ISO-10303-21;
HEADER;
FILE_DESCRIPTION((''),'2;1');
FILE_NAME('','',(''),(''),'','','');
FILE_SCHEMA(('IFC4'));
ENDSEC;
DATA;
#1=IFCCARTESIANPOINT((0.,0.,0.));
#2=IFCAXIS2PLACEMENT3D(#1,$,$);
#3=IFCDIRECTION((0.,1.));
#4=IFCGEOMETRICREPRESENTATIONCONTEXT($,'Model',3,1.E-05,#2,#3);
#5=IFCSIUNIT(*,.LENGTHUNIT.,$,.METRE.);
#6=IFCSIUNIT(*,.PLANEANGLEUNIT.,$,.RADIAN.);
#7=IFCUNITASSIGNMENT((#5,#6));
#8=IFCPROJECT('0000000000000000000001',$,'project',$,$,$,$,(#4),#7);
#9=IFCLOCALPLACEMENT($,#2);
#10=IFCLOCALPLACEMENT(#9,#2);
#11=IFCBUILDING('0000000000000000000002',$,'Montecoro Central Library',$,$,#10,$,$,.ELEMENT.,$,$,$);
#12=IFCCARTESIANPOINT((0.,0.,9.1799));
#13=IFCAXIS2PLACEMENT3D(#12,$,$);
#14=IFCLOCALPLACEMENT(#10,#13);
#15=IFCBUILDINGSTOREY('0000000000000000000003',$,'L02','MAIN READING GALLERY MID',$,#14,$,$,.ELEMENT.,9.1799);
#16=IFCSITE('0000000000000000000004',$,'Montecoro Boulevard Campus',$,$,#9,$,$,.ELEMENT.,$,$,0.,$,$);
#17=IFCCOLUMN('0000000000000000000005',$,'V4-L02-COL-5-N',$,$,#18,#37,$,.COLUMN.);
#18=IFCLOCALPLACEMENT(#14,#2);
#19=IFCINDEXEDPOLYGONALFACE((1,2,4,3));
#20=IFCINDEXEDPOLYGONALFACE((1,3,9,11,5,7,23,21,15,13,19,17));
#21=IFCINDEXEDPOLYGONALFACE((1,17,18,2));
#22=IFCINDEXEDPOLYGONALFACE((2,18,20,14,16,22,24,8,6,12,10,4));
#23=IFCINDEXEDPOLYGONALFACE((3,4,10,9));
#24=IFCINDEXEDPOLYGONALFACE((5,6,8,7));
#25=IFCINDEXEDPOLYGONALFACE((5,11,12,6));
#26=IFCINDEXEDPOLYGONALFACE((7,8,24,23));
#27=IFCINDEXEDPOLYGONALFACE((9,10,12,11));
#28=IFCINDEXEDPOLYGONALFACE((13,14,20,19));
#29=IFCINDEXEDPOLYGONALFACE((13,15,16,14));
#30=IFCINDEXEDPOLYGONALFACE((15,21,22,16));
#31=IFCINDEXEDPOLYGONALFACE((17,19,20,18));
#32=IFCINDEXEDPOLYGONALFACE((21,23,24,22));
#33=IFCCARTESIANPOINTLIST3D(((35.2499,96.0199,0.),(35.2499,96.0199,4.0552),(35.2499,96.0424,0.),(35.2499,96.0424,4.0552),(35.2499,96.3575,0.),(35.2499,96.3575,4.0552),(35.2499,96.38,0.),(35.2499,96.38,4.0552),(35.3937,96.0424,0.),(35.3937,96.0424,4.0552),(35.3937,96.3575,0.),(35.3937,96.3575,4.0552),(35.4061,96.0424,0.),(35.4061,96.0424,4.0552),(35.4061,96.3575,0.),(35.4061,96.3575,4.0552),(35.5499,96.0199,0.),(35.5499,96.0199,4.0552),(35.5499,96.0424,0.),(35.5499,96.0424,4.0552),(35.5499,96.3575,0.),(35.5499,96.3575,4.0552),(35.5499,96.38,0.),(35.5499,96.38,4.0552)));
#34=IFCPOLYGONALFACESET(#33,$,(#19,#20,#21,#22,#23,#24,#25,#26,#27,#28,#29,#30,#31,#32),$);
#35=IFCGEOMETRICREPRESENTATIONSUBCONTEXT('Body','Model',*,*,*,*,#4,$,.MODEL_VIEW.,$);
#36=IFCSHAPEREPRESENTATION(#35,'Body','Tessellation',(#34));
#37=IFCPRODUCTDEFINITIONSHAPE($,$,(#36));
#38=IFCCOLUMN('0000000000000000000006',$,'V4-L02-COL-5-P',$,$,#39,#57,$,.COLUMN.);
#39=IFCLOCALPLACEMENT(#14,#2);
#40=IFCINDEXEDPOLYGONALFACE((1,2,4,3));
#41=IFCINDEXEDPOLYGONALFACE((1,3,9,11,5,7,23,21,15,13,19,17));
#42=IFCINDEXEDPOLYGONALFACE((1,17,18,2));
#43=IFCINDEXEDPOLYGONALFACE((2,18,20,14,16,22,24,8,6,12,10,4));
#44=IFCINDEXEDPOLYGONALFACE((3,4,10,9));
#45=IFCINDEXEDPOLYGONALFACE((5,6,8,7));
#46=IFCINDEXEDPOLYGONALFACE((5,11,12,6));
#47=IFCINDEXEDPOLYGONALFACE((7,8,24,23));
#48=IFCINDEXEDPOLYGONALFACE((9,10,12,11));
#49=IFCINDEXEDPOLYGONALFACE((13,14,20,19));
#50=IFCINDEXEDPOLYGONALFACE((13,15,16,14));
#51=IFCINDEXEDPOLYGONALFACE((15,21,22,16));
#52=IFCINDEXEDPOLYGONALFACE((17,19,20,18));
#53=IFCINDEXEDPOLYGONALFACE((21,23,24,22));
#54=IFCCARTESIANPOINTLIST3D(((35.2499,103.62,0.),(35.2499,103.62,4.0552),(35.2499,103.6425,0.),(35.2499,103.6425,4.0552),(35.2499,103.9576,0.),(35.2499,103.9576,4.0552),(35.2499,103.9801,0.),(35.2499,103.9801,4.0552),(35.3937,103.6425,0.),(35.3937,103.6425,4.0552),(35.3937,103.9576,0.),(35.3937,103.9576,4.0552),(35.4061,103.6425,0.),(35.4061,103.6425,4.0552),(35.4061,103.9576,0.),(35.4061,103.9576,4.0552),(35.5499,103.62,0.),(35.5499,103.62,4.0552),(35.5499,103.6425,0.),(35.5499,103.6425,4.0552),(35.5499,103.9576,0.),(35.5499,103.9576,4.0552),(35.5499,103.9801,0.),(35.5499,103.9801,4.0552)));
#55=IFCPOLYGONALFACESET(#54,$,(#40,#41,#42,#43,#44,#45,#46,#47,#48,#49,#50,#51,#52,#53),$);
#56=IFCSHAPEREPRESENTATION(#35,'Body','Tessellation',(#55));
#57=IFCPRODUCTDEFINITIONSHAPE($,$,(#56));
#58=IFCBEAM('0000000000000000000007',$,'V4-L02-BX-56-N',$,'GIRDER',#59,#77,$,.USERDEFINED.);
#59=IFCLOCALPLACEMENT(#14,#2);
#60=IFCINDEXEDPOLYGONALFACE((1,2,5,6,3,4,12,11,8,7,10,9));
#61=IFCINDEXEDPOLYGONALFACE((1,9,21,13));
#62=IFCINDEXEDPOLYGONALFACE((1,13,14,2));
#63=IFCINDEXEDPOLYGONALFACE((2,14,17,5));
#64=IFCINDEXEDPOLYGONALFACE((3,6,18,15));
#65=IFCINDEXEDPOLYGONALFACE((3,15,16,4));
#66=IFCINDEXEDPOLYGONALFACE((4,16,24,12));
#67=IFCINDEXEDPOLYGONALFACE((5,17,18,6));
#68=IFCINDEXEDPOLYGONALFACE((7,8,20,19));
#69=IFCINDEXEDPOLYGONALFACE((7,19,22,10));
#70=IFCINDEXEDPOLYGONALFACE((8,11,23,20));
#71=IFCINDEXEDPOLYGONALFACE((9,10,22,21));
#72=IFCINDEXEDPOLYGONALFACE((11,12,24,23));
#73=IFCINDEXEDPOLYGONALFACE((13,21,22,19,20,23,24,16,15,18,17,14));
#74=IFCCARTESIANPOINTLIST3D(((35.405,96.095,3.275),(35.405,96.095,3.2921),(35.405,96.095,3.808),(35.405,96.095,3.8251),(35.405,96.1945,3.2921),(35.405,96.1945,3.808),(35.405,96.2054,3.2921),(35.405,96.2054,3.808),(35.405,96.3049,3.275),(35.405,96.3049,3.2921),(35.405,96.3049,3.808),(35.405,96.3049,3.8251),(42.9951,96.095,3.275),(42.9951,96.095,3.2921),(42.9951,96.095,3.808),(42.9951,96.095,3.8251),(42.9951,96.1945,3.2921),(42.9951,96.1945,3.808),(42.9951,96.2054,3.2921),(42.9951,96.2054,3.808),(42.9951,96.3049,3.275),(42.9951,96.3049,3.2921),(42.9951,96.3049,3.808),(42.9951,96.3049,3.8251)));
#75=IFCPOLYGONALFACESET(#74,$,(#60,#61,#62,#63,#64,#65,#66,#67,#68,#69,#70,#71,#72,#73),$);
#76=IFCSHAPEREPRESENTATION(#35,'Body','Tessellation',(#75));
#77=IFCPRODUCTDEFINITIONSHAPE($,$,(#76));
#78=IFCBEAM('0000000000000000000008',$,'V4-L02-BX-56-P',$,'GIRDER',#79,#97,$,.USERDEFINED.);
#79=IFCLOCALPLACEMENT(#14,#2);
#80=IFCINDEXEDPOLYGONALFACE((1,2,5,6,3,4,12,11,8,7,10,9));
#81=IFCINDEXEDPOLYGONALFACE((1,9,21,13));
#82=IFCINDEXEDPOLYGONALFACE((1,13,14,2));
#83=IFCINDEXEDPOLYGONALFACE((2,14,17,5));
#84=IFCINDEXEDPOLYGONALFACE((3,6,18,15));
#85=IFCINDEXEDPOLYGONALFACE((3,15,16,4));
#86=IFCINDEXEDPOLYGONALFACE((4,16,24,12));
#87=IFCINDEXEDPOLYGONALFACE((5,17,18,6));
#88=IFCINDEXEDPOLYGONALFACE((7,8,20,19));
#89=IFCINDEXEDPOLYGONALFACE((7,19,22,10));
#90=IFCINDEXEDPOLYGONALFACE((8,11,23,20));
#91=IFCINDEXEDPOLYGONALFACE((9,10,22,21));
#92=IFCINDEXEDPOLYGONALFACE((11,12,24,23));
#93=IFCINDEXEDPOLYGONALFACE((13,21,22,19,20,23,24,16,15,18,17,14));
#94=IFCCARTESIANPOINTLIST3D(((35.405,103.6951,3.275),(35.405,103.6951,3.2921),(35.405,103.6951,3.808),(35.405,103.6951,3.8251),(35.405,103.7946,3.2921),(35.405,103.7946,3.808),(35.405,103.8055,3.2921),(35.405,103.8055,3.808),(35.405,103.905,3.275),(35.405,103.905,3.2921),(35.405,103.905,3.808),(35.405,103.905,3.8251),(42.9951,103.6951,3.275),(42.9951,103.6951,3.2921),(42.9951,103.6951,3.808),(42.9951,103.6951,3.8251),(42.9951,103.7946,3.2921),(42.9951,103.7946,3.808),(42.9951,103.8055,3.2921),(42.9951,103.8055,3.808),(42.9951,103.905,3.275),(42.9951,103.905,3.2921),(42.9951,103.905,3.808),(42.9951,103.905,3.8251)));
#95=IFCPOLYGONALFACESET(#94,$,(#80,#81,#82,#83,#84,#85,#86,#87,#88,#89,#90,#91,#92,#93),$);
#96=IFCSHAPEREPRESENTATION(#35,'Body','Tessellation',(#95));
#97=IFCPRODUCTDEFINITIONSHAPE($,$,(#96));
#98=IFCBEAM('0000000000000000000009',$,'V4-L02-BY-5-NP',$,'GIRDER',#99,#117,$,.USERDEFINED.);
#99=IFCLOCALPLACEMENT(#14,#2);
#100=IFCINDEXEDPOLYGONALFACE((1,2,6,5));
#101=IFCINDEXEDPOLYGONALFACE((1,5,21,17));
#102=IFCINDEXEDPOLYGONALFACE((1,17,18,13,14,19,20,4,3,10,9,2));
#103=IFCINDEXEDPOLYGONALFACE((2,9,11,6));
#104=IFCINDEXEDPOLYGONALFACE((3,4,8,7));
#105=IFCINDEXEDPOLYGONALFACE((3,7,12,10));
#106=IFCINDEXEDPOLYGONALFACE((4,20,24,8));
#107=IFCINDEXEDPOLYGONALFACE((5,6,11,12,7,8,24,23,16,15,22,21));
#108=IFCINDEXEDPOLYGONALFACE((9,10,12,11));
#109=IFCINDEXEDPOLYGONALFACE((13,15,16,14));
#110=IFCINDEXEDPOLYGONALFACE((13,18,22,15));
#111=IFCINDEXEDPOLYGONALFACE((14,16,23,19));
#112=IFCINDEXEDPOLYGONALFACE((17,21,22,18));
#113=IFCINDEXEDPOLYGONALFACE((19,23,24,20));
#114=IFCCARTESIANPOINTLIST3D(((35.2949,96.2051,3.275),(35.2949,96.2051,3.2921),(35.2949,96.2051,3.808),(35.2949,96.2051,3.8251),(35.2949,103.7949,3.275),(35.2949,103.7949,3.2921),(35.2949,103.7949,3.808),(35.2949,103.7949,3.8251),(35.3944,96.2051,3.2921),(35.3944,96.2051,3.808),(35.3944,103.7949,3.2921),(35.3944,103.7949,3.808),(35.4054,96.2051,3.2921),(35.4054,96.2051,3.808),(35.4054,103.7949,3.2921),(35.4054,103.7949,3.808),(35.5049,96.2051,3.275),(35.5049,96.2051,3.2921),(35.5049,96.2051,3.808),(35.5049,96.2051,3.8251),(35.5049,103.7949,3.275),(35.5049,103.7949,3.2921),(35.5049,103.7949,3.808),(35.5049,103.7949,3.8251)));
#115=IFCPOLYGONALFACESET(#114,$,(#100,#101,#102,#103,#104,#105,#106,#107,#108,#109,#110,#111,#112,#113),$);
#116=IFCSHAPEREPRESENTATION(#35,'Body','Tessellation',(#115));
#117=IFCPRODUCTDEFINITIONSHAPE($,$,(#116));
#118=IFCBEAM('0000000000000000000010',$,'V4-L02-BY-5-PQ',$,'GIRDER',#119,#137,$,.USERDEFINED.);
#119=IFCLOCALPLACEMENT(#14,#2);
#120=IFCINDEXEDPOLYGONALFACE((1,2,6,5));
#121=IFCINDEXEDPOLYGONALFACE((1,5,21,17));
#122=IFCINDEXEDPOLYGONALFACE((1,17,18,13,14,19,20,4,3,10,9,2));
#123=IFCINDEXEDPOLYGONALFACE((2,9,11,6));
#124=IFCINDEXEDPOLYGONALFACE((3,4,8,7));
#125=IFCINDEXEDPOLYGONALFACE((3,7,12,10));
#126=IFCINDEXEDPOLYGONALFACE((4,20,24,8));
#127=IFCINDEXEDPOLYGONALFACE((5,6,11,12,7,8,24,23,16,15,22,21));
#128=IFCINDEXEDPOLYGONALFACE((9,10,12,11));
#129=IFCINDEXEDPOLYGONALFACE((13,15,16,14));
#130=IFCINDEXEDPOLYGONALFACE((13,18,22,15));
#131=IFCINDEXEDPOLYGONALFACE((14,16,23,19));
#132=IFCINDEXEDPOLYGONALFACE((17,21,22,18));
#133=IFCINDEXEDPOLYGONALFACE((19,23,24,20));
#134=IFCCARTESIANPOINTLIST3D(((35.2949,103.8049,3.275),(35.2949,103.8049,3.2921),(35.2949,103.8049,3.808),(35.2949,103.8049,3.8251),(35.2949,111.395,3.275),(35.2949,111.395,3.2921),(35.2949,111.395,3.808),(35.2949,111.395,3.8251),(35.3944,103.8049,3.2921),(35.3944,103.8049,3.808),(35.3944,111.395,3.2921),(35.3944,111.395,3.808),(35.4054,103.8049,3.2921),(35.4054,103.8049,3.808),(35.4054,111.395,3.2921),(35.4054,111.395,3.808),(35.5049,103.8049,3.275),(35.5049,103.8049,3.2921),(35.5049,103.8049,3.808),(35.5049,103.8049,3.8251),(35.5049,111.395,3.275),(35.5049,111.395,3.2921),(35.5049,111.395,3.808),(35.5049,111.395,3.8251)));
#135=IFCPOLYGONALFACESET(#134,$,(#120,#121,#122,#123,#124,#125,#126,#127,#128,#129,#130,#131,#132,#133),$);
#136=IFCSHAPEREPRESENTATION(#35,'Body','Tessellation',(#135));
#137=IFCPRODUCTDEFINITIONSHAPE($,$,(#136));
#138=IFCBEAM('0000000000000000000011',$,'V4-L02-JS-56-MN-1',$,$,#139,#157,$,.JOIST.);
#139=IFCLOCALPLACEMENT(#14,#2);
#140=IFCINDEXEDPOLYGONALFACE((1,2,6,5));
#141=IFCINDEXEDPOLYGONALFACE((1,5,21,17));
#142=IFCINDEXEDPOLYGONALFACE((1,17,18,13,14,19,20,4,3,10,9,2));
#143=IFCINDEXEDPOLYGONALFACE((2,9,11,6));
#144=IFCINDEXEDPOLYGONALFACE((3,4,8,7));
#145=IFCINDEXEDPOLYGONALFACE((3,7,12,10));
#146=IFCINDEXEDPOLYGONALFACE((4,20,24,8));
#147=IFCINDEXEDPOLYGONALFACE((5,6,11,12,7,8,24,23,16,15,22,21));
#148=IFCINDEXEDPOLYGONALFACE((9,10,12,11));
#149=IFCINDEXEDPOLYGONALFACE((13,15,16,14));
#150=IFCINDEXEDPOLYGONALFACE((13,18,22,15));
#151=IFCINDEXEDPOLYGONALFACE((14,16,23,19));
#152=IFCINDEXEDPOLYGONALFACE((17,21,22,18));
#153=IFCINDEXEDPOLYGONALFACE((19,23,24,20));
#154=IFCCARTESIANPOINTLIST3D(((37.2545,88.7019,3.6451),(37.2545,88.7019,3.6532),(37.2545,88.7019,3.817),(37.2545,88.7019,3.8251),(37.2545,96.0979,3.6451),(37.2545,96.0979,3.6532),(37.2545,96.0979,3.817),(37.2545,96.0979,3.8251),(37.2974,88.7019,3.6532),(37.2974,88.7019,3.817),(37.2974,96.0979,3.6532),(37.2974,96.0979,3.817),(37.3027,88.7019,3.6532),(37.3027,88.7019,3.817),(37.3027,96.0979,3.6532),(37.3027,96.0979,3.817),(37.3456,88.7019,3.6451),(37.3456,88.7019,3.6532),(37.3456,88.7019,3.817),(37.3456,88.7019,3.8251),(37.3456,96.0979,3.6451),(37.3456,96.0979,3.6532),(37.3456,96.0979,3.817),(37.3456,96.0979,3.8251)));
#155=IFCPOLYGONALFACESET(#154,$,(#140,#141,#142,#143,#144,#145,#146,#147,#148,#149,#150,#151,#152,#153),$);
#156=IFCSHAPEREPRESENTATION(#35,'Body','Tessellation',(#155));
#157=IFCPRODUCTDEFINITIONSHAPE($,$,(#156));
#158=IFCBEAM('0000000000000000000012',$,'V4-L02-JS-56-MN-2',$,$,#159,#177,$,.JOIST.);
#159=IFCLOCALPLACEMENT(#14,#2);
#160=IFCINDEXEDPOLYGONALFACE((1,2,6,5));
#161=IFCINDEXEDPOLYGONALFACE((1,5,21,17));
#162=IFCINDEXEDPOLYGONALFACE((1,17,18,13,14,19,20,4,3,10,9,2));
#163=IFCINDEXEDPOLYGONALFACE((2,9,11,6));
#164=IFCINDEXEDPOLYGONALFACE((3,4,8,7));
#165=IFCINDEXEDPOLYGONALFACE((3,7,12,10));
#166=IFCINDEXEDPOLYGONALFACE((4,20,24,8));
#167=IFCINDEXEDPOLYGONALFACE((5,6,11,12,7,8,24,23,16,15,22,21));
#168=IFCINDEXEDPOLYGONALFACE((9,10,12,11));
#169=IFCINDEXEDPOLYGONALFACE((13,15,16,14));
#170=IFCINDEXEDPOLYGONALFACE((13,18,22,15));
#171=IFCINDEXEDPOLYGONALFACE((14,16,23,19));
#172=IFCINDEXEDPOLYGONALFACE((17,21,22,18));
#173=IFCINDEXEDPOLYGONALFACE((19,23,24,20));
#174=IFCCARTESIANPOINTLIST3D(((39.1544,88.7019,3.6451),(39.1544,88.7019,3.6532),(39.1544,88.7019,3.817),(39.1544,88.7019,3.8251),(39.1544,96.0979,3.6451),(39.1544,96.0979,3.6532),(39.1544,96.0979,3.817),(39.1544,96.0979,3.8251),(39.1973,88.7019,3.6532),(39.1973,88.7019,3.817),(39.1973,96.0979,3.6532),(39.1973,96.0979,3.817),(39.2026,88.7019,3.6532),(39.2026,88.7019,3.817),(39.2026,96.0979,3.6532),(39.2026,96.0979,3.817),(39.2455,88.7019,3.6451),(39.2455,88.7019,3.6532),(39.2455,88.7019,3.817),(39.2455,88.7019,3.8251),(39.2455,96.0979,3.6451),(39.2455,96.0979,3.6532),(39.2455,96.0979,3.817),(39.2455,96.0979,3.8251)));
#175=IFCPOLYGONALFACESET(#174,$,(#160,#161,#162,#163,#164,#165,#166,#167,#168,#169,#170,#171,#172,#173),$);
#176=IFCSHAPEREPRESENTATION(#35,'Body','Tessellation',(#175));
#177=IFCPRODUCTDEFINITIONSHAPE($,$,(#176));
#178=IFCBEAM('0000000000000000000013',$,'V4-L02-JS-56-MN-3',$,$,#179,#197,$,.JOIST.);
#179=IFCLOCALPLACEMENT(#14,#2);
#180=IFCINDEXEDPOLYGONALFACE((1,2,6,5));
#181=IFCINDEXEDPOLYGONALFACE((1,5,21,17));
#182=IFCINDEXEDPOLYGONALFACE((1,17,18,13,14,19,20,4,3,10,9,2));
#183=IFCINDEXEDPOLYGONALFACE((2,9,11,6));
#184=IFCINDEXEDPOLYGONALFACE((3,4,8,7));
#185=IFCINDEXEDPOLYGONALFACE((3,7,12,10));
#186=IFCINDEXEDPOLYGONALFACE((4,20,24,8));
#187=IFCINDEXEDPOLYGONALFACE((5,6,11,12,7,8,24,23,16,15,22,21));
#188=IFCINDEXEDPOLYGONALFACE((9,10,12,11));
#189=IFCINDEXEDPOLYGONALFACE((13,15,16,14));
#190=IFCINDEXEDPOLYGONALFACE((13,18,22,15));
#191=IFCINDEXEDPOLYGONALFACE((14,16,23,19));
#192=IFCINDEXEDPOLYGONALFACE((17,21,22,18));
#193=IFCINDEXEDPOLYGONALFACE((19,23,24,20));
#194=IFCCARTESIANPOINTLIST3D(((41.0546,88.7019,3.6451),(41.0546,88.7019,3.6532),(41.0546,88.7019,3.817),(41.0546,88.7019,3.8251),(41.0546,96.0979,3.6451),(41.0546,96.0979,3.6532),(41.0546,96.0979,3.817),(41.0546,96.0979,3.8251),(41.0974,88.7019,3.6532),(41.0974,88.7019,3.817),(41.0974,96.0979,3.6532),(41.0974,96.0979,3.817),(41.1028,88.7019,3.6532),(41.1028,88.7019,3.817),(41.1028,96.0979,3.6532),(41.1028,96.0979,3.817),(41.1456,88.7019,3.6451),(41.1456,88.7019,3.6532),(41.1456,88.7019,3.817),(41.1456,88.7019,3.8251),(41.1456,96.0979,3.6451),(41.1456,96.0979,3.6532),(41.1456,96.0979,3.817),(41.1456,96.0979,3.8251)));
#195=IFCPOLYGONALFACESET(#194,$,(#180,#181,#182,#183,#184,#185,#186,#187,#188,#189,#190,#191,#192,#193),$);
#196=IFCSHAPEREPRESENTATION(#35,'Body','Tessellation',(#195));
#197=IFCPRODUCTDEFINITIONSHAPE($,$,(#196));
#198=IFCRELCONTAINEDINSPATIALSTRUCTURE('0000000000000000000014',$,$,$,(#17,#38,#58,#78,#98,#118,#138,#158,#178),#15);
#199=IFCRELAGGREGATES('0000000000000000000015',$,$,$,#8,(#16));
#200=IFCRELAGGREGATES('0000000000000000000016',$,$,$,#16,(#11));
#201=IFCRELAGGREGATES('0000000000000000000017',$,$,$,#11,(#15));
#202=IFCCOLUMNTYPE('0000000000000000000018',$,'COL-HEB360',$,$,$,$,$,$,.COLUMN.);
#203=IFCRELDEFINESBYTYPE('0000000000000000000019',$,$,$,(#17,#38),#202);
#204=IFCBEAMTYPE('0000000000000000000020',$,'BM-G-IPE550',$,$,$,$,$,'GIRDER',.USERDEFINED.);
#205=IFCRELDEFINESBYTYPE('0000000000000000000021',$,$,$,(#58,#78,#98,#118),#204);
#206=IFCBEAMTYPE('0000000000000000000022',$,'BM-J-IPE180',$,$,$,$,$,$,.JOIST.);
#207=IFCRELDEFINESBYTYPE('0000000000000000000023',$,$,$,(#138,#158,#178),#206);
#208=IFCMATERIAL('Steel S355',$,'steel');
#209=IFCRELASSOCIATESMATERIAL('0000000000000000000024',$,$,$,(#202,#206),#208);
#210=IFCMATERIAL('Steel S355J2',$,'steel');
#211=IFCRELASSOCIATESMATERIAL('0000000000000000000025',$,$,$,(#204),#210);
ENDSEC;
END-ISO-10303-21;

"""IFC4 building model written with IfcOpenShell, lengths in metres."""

from ifc_helpers import new_model, si_unit, direction, frame, origin, origin_2d, place, context, subcontext, project, spatial, i_section, extrude, material, material_profile, profile_set, type_object, element, save


model = new_model("IFC4")

# Units and contexts
model_context = context("Model", 3, precision=1e-05, world=origin(), true_north=direction((0.0, 1.0)))
body_context = subcontext(model_context, "Body", "Model", "MODEL_VIEW")
ifc_project = project(units=[si_unit("LENGTHUNIT", "METRE"), si_unit("PLANEANGLEUNIT", "RADIAN")], contexts=[model_context])

# Site, building, storey
site_placement = place(None, origin())
site = spatial("IfcSite", under=ifc_project, at=site_placement, Name="Montecoro Boulevard Campus", CompositionType="ELEMENT", RefElevation=0.0)
building_placement = place(site_placement, origin())
building = spatial("IfcBuilding", under=site, at=building_placement, Name="Montecoro Central Library", CompositionType="ELEMENT")
storey_placement = place(building_placement, frame((0.0, 0.0, 9.1799)))
storey = spatial("IfcBuildingStorey", under=building, at=storey_placement, Name="L02", Description="MAIN READING GALLERY MID", CompositionType="ELEMENT", Elevation=9.1799)

# Columns
ifc_material_1 = material(Name="Steel S355", Category="steel")
ifc_material_profile_1 = material_profile(ifc_material_1, i_section(OverallWidth=0.3, OverallDepth=0.3601, WebThickness=0.0125, FlangeThickness=0.0225, at=origin_2d()), Name="HEB 360")
ifc_profile_set_1 = profile_set([ifc_material_profile_1], Name="Steel S355")
column_type = type_object("IfcColumnType", Name="COL-HEB360", PredefinedType="COLUMN", material=ifc_profile_set_1)
for number, where, z_axis, x_axis, name in (
    (1, (35.3999, 96.2, 0.0), (0.0, 0.0, 1.0), (1.0, 0.0, 0.0), "V4-L02-COL-5-N"),
    (2, (35.3999, 103.8, 0.0), (0.0, 0.0, 1.0), (1.0, 0.0, 0.0), "V4-L02-COL-5-P"),
):
    element("IfcColumn", number, at=place(storey_placement, frame(where, z_axis=z_axis, x_axis=x_axis)), inside=storey, type_object=column_type, Name=name, PredefinedType="COLUMN", context=body_context, shape_type="SweptSolid", body=[
        extrude(i_section(OverallWidth=0.3, OverallDepth=0.3601, WebThickness=0.0125, FlangeThickness=0.0225, at=origin_2d()), origin(), (0.0, 0.0, 1.0), 4.0552),
    ])

# Beams
ifc_material_2 = material(Name="Steel S355J2", Category="steel")
ifc_material_profile_2 = material_profile(ifc_material_2, i_section(OverallWidth=0.21, OverallDepth=0.55, WebThickness=0.011, FlangeThickness=0.0171, at=origin_2d()), Name="IPE 550")
ifc_profile_set_2 = profile_set([ifc_material_profile_2], Name="Steel S355J2")
beam_type_1 = type_object("IfcBeamType", Name="BM-G-IPE550", ElementType="GIRDER", PredefinedType="USERDEFINED", material=ifc_profile_set_2)
for number, where, z_axis, x_axis, name in (
    (3, (35.405, 96.2, 3.55), (1.0, 0.0, 0.0), (0.0, 1.0, 0.0), "V4-L02-BX-56-N"),
    (4, (35.405, 103.8, 3.55), (1.0, 0.0, 0.0), (0.0, 1.0, 0.0), "V4-L02-BX-56-P"),
):
    element("IfcBeam", number, at=place(storey_placement, frame(where, z_axis=z_axis, x_axis=x_axis)), inside=storey, type_object=beam_type_1, Name=name, ObjectType="GIRDER", PredefinedType="USERDEFINED", context=body_context, shape_type="SweptSolid", body=[
        extrude(i_section(OverallWidth=0.21, OverallDepth=0.55, WebThickness=0.011, FlangeThickness=0.0171, at=origin_2d()), origin(), (0.0, 0.0, 1.0), 7.5901),
    ])
beam_1_placement = place(storey_placement, frame((35.3999, 96.2051, 3.55), z_axis=(0.0, 1.0, 0.0), x_axis=(-1.0, 0.0, 0.0)))
element("IfcBeam", 5, at=beam_1_placement, inside=storey, type_object=beam_type_1, Name="V4-L02-BY-5-NP", ObjectType="GIRDER", PredefinedType="USERDEFINED", context=body_context, shape_type="SweptSolid", body=[
    extrude(i_section(OverallWidth=0.21, OverallDepth=0.55, WebThickness=0.011, FlangeThickness=0.0171, at=origin_2d()), origin(), (0.0, 0.0, 1.0), 7.5898),
])
beam_2_placement = place(storey_placement, frame((35.3999, 103.8049, 3.55), z_axis=(0.0, 1.0, 0.0), x_axis=(-1.0, 0.0, 0.0)))
element("IfcBeam", 6, at=beam_2_placement, inside=storey, type_object=beam_type_1, Name="V4-L02-BY-5-PQ", ObjectType="GIRDER", PredefinedType="USERDEFINED", context=body_context, shape_type="SweptSolid", body=[
    extrude(i_section(OverallWidth=0.21, OverallDepth=0.55, WebThickness=0.011, FlangeThickness=0.0171, at=origin_2d()), origin(), (0.0, 0.0, 1.0), 7.5901),
])
ifc_material_profile_3 = material_profile(ifc_material_1, i_section(OverallWidth=0.0911, OverallDepth=0.1799, WebThickness=0.0054, FlangeThickness=0.0081, at=origin_2d()), Name="IPE 180")
ifc_profile_set_3 = profile_set([ifc_material_profile_3], Name="Steel S355")
beam_type_2 = type_object("IfcBeamType", Name="BM-J-IPE180", PredefinedType="JOIST", material=ifc_profile_set_3)
for number, where, z_axis, x_axis, name in (
    (7, (37.3, 88.7019, 3.7351), (0.0, 1.0, 0.0), (-1.0, 0.0, 0.0), "V4-L02-JS-56-MN-1"),
    (8, (39.2, 88.7019, 3.7351), (0.0, 1.0, 0.0), (-1.0, 0.0, 0.0), "V4-L02-JS-56-MN-2"),
    (9, (41.1001, 88.7019, 3.7351), (0.0, 1.0, 0.0), (-1.0, 0.0, 0.0), "V4-L02-JS-56-MN-3"),
):
    element("IfcBeam", number, at=place(storey_placement, frame(where, z_axis=z_axis, x_axis=x_axis)), inside=storey, type_object=beam_type_2, Name=name, PredefinedType="JOIST", context=body_context, shape_type="SweptSolid", body=[
        extrude(i_section(OverallWidth=0.0911, OverallDepth=0.1799, WebThickness=0.0054, FlangeThickness=0.0081, at=origin_2d()), origin(), (0.0, 0.0, 1.0), 7.396),
    ])

save(model, "model.ifc")
